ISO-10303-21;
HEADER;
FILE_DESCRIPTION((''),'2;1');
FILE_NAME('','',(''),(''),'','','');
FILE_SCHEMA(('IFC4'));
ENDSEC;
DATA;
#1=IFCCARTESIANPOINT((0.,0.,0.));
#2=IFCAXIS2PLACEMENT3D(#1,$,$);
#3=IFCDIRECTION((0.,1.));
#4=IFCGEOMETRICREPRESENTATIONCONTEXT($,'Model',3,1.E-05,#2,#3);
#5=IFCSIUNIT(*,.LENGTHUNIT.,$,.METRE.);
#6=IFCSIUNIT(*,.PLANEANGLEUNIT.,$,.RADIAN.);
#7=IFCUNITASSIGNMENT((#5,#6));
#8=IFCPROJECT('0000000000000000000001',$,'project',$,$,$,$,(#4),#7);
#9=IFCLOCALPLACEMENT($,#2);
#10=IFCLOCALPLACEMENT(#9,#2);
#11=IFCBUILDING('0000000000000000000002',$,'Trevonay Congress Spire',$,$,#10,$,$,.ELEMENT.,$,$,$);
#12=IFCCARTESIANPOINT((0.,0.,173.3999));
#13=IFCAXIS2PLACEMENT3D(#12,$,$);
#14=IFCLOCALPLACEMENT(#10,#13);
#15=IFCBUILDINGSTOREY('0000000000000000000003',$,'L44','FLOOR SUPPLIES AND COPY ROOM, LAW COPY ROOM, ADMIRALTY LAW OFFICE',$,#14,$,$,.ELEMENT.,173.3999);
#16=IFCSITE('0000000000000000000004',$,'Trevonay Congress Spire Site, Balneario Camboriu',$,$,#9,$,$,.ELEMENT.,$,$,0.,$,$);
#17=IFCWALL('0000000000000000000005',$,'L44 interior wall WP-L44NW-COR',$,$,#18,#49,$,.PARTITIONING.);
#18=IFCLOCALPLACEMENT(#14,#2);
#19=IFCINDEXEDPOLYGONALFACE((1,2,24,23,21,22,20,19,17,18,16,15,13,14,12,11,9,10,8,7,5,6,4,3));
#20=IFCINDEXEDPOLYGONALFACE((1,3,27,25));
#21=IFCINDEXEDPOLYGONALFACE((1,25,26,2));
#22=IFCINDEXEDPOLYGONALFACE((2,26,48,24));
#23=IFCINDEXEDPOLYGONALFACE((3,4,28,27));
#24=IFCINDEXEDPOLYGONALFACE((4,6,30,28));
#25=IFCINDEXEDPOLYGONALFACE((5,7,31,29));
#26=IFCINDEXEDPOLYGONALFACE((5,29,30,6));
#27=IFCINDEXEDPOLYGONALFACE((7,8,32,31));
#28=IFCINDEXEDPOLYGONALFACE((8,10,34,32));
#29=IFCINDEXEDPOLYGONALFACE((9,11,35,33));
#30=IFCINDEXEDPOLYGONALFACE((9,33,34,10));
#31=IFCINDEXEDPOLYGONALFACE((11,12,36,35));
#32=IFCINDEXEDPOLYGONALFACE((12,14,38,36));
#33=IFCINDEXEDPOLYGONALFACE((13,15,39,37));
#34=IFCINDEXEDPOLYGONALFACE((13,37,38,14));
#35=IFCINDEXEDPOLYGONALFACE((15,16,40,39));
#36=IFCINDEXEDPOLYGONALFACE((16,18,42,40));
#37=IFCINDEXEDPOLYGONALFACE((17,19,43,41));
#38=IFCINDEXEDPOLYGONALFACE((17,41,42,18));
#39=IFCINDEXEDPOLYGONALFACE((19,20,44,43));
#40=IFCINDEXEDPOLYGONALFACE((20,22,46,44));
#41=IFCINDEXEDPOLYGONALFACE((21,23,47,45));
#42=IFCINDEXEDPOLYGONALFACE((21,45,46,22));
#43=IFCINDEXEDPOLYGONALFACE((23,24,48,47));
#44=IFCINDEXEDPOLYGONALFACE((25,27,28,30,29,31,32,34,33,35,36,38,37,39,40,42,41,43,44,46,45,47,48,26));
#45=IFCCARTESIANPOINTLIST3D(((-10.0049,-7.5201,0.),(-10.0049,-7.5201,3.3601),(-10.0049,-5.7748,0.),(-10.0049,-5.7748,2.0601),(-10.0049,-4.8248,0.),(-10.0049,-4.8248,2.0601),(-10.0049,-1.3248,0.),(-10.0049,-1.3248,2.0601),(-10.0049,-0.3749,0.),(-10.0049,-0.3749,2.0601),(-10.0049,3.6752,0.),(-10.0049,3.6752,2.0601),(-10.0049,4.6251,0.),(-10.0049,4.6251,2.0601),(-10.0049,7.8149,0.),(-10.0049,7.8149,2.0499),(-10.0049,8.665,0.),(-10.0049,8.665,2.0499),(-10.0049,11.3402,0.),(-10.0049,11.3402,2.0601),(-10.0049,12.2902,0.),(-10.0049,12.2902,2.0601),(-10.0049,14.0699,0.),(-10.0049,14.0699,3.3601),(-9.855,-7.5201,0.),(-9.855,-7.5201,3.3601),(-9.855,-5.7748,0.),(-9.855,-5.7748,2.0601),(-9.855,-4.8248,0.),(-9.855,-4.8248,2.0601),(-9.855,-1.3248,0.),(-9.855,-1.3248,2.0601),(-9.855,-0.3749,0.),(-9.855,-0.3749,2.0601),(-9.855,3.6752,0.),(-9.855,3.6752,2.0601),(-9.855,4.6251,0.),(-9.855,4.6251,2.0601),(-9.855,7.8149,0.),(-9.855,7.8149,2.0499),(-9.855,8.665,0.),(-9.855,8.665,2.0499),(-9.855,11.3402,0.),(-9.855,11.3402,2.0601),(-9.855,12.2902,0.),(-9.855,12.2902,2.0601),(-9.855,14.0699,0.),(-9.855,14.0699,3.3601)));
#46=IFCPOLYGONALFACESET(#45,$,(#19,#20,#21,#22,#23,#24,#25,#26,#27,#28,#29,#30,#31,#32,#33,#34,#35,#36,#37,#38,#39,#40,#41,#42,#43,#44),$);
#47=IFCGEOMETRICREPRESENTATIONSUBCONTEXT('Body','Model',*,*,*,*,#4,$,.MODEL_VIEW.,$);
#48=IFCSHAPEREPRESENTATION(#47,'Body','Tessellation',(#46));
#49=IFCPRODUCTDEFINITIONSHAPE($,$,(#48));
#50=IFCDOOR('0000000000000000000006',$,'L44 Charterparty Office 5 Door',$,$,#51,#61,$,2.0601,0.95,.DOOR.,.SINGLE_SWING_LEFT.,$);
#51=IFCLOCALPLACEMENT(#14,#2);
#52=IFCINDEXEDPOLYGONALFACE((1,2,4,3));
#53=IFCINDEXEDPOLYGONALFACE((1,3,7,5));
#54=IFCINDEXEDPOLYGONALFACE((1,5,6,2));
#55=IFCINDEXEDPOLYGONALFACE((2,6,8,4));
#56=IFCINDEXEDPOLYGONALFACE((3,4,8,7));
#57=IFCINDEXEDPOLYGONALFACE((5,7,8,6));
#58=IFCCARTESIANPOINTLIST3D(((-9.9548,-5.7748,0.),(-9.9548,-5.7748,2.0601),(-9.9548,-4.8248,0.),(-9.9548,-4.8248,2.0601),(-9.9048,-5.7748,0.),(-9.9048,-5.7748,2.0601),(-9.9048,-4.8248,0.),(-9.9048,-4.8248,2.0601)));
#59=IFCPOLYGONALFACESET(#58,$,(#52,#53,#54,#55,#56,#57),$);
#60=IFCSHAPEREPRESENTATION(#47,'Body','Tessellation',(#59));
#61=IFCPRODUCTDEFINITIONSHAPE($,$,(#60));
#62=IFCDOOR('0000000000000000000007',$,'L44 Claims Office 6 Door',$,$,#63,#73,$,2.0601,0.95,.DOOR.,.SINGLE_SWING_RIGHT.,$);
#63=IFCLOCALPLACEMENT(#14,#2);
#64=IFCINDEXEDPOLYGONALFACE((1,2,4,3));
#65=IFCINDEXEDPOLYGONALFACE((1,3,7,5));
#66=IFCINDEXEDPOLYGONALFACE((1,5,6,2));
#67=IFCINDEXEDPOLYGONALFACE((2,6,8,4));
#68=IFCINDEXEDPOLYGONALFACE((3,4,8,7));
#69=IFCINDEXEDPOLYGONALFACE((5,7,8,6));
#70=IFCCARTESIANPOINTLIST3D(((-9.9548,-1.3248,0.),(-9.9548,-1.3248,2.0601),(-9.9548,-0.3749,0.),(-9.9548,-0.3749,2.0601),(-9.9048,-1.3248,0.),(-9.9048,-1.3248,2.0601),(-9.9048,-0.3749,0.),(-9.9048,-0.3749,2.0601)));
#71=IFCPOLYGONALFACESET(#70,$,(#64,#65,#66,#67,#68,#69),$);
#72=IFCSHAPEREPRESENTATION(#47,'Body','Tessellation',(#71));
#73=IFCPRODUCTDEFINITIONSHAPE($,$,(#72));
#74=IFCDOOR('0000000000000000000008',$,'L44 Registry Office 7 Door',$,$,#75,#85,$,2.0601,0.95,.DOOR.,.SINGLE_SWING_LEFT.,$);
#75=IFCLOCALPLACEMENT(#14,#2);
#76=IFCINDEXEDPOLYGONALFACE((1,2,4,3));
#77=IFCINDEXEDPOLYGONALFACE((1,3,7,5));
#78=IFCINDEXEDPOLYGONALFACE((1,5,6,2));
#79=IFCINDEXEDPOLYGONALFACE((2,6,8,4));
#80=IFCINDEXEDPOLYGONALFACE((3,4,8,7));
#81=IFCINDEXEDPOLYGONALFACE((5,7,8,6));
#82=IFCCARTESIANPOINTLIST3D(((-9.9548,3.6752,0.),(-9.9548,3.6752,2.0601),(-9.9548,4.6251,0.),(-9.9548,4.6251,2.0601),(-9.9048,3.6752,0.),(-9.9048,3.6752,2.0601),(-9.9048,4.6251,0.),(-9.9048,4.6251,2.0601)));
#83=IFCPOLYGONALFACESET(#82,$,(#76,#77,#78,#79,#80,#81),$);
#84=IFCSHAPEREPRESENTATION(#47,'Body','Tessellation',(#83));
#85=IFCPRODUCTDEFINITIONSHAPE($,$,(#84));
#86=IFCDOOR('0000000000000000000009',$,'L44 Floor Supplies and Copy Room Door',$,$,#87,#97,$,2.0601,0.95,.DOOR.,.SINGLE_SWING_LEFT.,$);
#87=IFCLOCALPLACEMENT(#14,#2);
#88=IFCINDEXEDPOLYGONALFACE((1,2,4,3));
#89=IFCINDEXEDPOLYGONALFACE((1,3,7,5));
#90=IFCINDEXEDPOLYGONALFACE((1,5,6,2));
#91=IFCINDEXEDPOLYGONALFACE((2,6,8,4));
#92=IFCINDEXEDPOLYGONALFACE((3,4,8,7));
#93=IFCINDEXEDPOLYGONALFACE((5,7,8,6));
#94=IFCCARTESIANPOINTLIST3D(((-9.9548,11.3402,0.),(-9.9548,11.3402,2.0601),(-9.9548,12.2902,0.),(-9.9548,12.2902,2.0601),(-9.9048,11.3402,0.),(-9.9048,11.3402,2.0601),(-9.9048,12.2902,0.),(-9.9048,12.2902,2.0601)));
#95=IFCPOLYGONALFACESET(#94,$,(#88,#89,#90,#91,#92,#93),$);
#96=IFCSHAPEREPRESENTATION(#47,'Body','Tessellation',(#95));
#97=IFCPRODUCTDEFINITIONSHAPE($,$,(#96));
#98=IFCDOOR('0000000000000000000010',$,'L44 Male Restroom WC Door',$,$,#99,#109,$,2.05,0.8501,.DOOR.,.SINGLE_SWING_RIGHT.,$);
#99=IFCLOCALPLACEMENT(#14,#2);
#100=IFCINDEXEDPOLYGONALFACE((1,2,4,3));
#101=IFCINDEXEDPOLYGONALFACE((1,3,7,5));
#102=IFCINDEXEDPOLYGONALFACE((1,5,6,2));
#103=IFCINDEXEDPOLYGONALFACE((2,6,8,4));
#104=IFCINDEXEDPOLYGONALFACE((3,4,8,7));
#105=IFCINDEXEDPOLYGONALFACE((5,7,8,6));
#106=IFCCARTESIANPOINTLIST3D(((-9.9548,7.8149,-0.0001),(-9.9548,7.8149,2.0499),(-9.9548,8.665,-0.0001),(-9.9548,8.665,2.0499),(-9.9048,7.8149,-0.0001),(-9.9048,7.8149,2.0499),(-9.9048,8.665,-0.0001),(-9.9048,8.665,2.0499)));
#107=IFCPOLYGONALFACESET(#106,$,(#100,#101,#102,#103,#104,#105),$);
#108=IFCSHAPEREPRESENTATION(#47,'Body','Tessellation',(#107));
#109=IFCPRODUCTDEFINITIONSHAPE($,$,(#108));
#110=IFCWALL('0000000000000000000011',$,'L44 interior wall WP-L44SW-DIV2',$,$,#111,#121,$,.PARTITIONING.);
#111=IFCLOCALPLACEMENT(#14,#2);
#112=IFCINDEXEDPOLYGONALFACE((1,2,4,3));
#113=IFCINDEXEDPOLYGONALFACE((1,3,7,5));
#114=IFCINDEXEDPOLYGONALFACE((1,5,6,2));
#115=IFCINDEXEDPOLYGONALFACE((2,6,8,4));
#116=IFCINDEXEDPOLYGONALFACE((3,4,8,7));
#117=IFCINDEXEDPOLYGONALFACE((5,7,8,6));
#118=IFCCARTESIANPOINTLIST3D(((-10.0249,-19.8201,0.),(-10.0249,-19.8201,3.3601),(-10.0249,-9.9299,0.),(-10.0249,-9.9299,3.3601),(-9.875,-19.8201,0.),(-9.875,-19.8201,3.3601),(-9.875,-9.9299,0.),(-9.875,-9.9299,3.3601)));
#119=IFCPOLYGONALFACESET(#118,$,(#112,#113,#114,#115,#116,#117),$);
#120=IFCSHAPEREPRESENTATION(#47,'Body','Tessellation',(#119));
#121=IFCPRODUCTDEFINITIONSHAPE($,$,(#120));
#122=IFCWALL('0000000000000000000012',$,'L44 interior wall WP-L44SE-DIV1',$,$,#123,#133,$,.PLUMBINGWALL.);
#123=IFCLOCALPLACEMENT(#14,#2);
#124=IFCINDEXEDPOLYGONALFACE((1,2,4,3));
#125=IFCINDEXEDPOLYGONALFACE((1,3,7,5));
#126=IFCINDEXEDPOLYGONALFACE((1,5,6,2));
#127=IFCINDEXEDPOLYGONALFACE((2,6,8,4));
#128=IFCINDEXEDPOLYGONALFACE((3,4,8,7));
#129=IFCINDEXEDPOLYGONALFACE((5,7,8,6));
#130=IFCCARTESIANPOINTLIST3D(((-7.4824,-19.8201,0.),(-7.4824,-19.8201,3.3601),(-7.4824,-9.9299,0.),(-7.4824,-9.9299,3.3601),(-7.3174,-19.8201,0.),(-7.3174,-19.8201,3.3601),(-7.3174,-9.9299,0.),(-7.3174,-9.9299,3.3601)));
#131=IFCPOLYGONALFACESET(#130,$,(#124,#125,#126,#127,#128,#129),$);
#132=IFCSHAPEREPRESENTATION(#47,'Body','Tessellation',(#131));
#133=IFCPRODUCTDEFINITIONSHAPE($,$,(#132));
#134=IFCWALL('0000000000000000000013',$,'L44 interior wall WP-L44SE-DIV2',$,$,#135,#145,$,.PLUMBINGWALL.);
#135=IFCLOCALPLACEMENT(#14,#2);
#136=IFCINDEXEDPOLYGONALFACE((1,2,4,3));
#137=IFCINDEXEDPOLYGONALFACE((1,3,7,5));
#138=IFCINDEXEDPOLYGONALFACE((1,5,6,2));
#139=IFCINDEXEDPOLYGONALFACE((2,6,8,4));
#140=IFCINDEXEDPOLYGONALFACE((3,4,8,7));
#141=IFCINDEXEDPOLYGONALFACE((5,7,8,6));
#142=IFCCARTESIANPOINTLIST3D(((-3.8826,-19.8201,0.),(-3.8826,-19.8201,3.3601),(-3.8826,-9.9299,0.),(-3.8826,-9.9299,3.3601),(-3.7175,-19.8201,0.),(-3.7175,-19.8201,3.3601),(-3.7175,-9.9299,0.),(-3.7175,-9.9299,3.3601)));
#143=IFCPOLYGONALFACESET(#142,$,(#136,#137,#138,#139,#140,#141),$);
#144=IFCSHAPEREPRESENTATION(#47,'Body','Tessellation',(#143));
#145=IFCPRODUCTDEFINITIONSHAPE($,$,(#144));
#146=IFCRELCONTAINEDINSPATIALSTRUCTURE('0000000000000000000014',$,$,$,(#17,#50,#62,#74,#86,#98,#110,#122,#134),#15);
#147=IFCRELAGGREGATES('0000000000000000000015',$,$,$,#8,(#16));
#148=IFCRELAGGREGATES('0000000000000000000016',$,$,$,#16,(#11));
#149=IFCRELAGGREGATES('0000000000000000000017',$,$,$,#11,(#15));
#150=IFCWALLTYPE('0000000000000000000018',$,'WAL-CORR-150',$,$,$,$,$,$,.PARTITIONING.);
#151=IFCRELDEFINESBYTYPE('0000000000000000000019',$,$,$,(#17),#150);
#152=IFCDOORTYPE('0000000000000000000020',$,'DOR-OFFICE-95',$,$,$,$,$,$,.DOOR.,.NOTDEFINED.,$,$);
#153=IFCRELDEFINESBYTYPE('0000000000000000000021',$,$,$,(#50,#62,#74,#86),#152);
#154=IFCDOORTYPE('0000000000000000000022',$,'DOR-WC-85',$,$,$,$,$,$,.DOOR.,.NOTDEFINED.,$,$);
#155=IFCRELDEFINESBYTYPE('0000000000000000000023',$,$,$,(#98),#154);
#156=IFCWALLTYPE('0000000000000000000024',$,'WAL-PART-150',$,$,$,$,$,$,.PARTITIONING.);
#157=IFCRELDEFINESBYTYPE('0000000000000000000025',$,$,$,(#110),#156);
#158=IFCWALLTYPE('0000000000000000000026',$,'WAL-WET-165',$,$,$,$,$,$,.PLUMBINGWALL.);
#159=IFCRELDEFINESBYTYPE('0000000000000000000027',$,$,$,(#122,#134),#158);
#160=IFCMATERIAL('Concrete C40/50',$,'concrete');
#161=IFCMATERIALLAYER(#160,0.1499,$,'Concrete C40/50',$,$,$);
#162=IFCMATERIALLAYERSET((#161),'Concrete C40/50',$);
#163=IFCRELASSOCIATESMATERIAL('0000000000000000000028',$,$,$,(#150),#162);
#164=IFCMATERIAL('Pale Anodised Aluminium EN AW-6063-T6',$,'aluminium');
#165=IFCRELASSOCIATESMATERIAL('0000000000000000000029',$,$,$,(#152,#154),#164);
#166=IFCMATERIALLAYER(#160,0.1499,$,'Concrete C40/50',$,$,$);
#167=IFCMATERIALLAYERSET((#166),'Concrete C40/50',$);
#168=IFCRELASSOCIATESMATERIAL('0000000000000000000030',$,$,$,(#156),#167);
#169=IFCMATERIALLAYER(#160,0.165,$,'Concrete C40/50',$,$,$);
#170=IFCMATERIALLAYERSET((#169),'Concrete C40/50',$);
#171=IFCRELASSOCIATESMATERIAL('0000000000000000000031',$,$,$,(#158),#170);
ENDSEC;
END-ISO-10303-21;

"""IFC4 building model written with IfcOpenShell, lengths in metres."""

from ifc_helpers import new_model, si_unit, direction, frame, frame_2d, origin, place, context, subcontext, project, spatial, rectangle, extrude, material, layer, layer_set, type_object, element, fill, save


model = new_model("IFC4")

# Units and contexts
model_context = context("Model", 3, precision=1e-05, world=origin(), true_north=direction((0.0, 1.0)))
body_context = subcontext(model_context, "Body", "Model", "MODEL_VIEW")
ifc_project = project(units=[si_unit("LENGTHUNIT", "METRE"), si_unit("PLANEANGLEUNIT", "RADIAN")], contexts=[model_context])

# Site, building, storey
site_placement = place(None, origin())
site = spatial("IfcSite", under=ifc_project, at=site_placement, Name="Trevonay Congress Spire Site, Balneario Camboriu", CompositionType="ELEMENT", RefElevation=0.0)
building_placement = place(site_placement, origin())
building = spatial("IfcBuilding", under=site, at=building_placement, Name="Trevonay Congress Spire", CompositionType="ELEMENT")
storey_placement = place(building_placement, frame((0.0, 0.0, 173.3999)))
storey = spatial("IfcBuildingStorey", under=building, at=storey_placement, Name="L44", Description="FLOOR SUPPLIES AND COPY ROOM, LAW COPY ROOM, ADMIRALTY LAW OFFICE", CompositionType="ELEMENT", Elevation=173.3999)

# Shared definitions
ifc_material_1 = material(Name="Pale Anodised Aluminium EN AW-6063-T6", Category="aluminium")

# Wall, openings, doors
ifc_material_2 = material(Name="Concrete C40/50", Category="concrete")
ifc_layer_1 = layer(ifc_material_2, 0.1499, Name="Concrete C40/50")
ifc_layer_set_1 = layer_set([ifc_layer_1], Name="Concrete C40/50")
wall_type_1 = type_object("IfcWallType", Name="WAL-CORR-150", PredefinedType="PARTITIONING", material=ifc_layer_set_1)
door_type_1 = type_object("IfcDoorType", Name="DOR-OFFICE-95", OperationType="NOTDEFINED", PredefinedType="DOOR", material=ifc_material_1)
door_type_2 = type_object("IfcDoorType", Name="DOR-WC-85", OperationType="NOTDEFINED", PredefinedType="DOOR", material=ifc_material_1)
wall_1_placement = place(storey_placement, frame((-9.9299, -7.52, 0.0), z_axis=(0.0, 0.0, 1.0), x_axis=(0.0, 1.0, 0.0)))
wall_1 = element("IfcWall", 1, at=wall_1_placement, inside=storey, type_object=wall_type_1, Name="L44 interior wall WP-L44NW-COR", PredefinedType="PARTITIONING", context=body_context, shape_type="SweptSolid", body=[
    extrude(rectangle(XDim=21.5901, YDim=0.1499, at=frame_2d((10.7949, 0.0))), origin(), (0.0, 0.0, 1.0), 3.3601),
])
opening_1_placement = place(wall_1_placement, frame((1.7451, 0.0, 0.0)))
opening_1 = element("IfcOpeningElement", 2, at=opening_1_placement, cuts=wall_1, PredefinedType="OPENING", context=body_context, shape_type="SweptSolid", body=[
    extrude(rectangle(XDim=0.95, YDim=2.0601, at=frame_2d((0.4751, 1.03))), frame((0.0, 0.085, 0.0), z_axis=(0.0, -1.0, 0.0), x_axis=(1.0, 0.0, 0.0)), (0.0, 0.0, 1.0), 0.1699),
])
opening_2_placement = place(wall_1_placement, frame((6.1951, 0.0, 0.0)))
opening_2 = element("IfcOpeningElement", 3, at=opening_2_placement, cuts=wall_1, PredefinedType="OPENING", context=body_context, shape_type="SweptSolid", body=[
    extrude(rectangle(XDim=0.95, YDim=2.0601, at=frame_2d((0.4751, 1.03))), frame((0.0, 0.085, 0.0), z_axis=(0.0, -1.0, 0.0), x_axis=(1.0, 0.0, 0.0)), (0.0, 0.0, 1.0), 0.1699),
])
opening_3_placement = place(wall_1_placement, frame((11.1951, 0.0, 0.0)))
opening_3 = element("IfcOpeningElement", 4, at=opening_3_placement, cuts=wall_1, PredefinedType="OPENING", context=body_context, shape_type="SweptSolid", body=[
    extrude(rectangle(XDim=0.95, YDim=2.0601, at=frame_2d((0.4751, 1.03))), frame((0.0, 0.085, 0.0), z_axis=(0.0, -1.0, 0.0), x_axis=(1.0, 0.0, 0.0)), (0.0, 0.0, 1.0), 0.1699),
])
opening_4_placement = place(wall_1_placement, frame((15.335, 0.0, 0.0)))
opening_4 = element("IfcOpeningElement", 5, at=opening_4_placement, cuts=wall_1, PredefinedType="OPENING", context=body_context, shape_type="SweptSolid", body=[
    extrude(rectangle(XDim=0.8501, YDim=2.05, at=frame_2d((0.425, 1.0249))), frame((0.0, 0.085, 0.0), z_axis=(0.0, -1.0, 0.0), x_axis=(1.0, 0.0, 0.0)), (0.0, 0.0, 1.0), 0.1699),
])
opening_5_placement = place(wall_1_placement, frame((18.8601, 0.0, 0.0)))
opening_5 = element("IfcOpeningElement", 6, at=opening_5_placement, cuts=wall_1, PredefinedType="OPENING", context=body_context, shape_type="SweptSolid", body=[
    extrude(rectangle(XDim=0.95, YDim=2.0601, at=frame_2d((0.4751, 1.03))), frame((0.0, 0.085, 0.0), z_axis=(0.0, -1.0, 0.0), x_axis=(1.0, 0.0, 0.0)), (0.0, 0.0, 1.0), 0.1699),
])
door_1_placement = place(opening_1_placement, origin())
door_1 = element("IfcDoor", 7, at=door_1_placement, inside=storey, type_object=door_type_1, Name="L44 Charterparty Office 5 Door", OperationType="SINGLE_SWING_LEFT", OverallHeight=2.0601, OverallWidth=0.95, PredefinedType="DOOR", context=body_context, shape_type="SweptSolid", body=[
    extrude(rectangle(XDim=0.95, YDim=2.0601, at=frame_2d((0.4751, 1.03))), frame((0.0, 0.0249, 0.0), z_axis=(0.0, -1.0, 0.0), x_axis=(1.0, 0.0, 0.0)), (0.0, 0.0, 1.0), 0.05),
])
fill(opening_1, door_1)
door_2_placement = place(opening_2_placement, origin())
door_2 = element("IfcDoor", 8, at=door_2_placement, inside=storey, type_object=door_type_1, Name="L44 Claims Office 6 Door", OperationType="SINGLE_SWING_RIGHT", OverallHeight=2.0601, OverallWidth=0.95, PredefinedType="DOOR", context=body_context, shape_type="SweptSolid", body=[
    extrude(rectangle(XDim=0.95, YDim=2.0601, at=frame_2d((0.4751, 1.03))), frame((0.0, 0.0249, 0.0), z_axis=(0.0, -1.0, 0.0), x_axis=(1.0, 0.0, 0.0)), (0.0, 0.0, 1.0), 0.05),
])
fill(opening_2, door_2)
door_3_placement = place(opening_3_placement, origin())
door_3 = element("IfcDoor", 9, at=door_3_placement, inside=storey, type_object=door_type_1, Name="L44 Registry Office 7 Door", OperationType="SINGLE_SWING_LEFT", OverallHeight=2.0601, OverallWidth=0.95, PredefinedType="DOOR", context=body_context, shape_type="SweptSolid", body=[
    extrude(rectangle(XDim=0.95, YDim=2.0601, at=frame_2d((0.4751, 1.03))), frame((0.0, 0.0249, 0.0), z_axis=(0.0, -1.0, 0.0), x_axis=(1.0, 0.0, 0.0)), (0.0, 0.0, 1.0), 0.05),
])
fill(opening_3, door_3)
door_4_placement = place(opening_5_placement, origin())
door_4 = element("IfcDoor", 10, at=door_4_placement, inside=storey, type_object=door_type_1, Name="L44 Floor Supplies and Copy Room Door", OperationType="SINGLE_SWING_LEFT", OverallHeight=2.0601, OverallWidth=0.95, PredefinedType="DOOR", context=body_context, shape_type="SweptSolid", body=[
    extrude(rectangle(XDim=0.95, YDim=2.0601, at=frame_2d((0.4751, 1.03))), frame((0.0, 0.0249, 0.0), z_axis=(0.0, -1.0, 0.0), x_axis=(1.0, 0.0, 0.0)), (0.0, 0.0, 1.0), 0.05),
])
fill(opening_5, door_4)
door_5_placement = place(opening_4_placement, origin())
door_5 = element("IfcDoor", 11, at=door_5_placement, inside=storey, type_object=door_type_2, Name="L44 Male Restroom WC Door", OperationType="SINGLE_SWING_RIGHT", OverallHeight=2.05, OverallWidth=0.8501, PredefinedType="DOOR", context=body_context, shape_type="SweptSolid", body=[
    extrude(rectangle(XDim=0.8501, YDim=2.05, at=frame_2d((0.425, 1.0249))), frame((0.0, 0.0249, 0.0), z_axis=(0.0, -1.0, 0.0), x_axis=(1.0, 0.0, 0.0)), (0.0, 0.0, 1.0), 0.05),
])
fill(opening_4, door_5)

# Walls
ifc_layer_2 = layer(ifc_material_2, 0.1499, Name="Concrete C40/50")
ifc_layer_set_2 = layer_set([ifc_layer_2], Name="Concrete C40/50")
wall_type_2 = type_object("IfcWallType", Name="WAL-PART-150", PredefinedType="PARTITIONING", material=ifc_layer_set_2)
wall_2_placement = place(storey_placement, frame((-9.95, -19.8201, 0.0), z_axis=(0.0, 0.0, 1.0), x_axis=(0.0, 1.0, 0.0)))
element("IfcWall", 12, at=wall_2_placement, inside=storey, type_object=wall_type_2, Name="L44 interior wall WP-L44SW-DIV2", PredefinedType="PARTITIONING", context=body_context, shape_type="SweptSolid", body=[
    extrude(rectangle(XDim=9.8901, YDim=0.1499, at=frame_2d((4.9451, 0.0))), origin(), (0.0, 0.0, 1.0), 3.3601),
])
ifc_layer_3 = layer(ifc_material_2, 0.165, Name="Concrete C40/50")
ifc_layer_set_3 = layer_set([ifc_layer_3], Name="Concrete C40/50")
wall_type_3 = type_object("IfcWallType", Name="WAL-WET-165", PredefinedType="PLUMBINGWALL", material=ifc_layer_set_3)
for number, where, z_axis, x_axis, name in (
    (13, (-7.3999, -19.8201, 0.0), (0.0, 0.0, 1.0), (0.0, 1.0, 0.0), "L44 interior wall WP-L44SE-DIV1"),
    (14, (-3.8, -19.8201, 0.0), (0.0, 0.0, 1.0), (0.0, 1.0, 0.0), "L44 interior wall WP-L44SE-DIV2"),
):
    element("IfcWall", number, at=place(storey_placement, frame(where, z_axis=z_axis, x_axis=x_axis)), inside=storey, type_object=wall_type_3, Name=name, PredefinedType="PLUMBINGWALL", context=body_context, shape_type="SweptSolid", body=[
        extrude(rectangle(XDim=9.8901, YDim=0.165, at=frame_2d((4.9451, 0.0))), origin(), (0.0, 0.0, 1.0), 3.3601),
    ])

save(model, "model.ifc")
